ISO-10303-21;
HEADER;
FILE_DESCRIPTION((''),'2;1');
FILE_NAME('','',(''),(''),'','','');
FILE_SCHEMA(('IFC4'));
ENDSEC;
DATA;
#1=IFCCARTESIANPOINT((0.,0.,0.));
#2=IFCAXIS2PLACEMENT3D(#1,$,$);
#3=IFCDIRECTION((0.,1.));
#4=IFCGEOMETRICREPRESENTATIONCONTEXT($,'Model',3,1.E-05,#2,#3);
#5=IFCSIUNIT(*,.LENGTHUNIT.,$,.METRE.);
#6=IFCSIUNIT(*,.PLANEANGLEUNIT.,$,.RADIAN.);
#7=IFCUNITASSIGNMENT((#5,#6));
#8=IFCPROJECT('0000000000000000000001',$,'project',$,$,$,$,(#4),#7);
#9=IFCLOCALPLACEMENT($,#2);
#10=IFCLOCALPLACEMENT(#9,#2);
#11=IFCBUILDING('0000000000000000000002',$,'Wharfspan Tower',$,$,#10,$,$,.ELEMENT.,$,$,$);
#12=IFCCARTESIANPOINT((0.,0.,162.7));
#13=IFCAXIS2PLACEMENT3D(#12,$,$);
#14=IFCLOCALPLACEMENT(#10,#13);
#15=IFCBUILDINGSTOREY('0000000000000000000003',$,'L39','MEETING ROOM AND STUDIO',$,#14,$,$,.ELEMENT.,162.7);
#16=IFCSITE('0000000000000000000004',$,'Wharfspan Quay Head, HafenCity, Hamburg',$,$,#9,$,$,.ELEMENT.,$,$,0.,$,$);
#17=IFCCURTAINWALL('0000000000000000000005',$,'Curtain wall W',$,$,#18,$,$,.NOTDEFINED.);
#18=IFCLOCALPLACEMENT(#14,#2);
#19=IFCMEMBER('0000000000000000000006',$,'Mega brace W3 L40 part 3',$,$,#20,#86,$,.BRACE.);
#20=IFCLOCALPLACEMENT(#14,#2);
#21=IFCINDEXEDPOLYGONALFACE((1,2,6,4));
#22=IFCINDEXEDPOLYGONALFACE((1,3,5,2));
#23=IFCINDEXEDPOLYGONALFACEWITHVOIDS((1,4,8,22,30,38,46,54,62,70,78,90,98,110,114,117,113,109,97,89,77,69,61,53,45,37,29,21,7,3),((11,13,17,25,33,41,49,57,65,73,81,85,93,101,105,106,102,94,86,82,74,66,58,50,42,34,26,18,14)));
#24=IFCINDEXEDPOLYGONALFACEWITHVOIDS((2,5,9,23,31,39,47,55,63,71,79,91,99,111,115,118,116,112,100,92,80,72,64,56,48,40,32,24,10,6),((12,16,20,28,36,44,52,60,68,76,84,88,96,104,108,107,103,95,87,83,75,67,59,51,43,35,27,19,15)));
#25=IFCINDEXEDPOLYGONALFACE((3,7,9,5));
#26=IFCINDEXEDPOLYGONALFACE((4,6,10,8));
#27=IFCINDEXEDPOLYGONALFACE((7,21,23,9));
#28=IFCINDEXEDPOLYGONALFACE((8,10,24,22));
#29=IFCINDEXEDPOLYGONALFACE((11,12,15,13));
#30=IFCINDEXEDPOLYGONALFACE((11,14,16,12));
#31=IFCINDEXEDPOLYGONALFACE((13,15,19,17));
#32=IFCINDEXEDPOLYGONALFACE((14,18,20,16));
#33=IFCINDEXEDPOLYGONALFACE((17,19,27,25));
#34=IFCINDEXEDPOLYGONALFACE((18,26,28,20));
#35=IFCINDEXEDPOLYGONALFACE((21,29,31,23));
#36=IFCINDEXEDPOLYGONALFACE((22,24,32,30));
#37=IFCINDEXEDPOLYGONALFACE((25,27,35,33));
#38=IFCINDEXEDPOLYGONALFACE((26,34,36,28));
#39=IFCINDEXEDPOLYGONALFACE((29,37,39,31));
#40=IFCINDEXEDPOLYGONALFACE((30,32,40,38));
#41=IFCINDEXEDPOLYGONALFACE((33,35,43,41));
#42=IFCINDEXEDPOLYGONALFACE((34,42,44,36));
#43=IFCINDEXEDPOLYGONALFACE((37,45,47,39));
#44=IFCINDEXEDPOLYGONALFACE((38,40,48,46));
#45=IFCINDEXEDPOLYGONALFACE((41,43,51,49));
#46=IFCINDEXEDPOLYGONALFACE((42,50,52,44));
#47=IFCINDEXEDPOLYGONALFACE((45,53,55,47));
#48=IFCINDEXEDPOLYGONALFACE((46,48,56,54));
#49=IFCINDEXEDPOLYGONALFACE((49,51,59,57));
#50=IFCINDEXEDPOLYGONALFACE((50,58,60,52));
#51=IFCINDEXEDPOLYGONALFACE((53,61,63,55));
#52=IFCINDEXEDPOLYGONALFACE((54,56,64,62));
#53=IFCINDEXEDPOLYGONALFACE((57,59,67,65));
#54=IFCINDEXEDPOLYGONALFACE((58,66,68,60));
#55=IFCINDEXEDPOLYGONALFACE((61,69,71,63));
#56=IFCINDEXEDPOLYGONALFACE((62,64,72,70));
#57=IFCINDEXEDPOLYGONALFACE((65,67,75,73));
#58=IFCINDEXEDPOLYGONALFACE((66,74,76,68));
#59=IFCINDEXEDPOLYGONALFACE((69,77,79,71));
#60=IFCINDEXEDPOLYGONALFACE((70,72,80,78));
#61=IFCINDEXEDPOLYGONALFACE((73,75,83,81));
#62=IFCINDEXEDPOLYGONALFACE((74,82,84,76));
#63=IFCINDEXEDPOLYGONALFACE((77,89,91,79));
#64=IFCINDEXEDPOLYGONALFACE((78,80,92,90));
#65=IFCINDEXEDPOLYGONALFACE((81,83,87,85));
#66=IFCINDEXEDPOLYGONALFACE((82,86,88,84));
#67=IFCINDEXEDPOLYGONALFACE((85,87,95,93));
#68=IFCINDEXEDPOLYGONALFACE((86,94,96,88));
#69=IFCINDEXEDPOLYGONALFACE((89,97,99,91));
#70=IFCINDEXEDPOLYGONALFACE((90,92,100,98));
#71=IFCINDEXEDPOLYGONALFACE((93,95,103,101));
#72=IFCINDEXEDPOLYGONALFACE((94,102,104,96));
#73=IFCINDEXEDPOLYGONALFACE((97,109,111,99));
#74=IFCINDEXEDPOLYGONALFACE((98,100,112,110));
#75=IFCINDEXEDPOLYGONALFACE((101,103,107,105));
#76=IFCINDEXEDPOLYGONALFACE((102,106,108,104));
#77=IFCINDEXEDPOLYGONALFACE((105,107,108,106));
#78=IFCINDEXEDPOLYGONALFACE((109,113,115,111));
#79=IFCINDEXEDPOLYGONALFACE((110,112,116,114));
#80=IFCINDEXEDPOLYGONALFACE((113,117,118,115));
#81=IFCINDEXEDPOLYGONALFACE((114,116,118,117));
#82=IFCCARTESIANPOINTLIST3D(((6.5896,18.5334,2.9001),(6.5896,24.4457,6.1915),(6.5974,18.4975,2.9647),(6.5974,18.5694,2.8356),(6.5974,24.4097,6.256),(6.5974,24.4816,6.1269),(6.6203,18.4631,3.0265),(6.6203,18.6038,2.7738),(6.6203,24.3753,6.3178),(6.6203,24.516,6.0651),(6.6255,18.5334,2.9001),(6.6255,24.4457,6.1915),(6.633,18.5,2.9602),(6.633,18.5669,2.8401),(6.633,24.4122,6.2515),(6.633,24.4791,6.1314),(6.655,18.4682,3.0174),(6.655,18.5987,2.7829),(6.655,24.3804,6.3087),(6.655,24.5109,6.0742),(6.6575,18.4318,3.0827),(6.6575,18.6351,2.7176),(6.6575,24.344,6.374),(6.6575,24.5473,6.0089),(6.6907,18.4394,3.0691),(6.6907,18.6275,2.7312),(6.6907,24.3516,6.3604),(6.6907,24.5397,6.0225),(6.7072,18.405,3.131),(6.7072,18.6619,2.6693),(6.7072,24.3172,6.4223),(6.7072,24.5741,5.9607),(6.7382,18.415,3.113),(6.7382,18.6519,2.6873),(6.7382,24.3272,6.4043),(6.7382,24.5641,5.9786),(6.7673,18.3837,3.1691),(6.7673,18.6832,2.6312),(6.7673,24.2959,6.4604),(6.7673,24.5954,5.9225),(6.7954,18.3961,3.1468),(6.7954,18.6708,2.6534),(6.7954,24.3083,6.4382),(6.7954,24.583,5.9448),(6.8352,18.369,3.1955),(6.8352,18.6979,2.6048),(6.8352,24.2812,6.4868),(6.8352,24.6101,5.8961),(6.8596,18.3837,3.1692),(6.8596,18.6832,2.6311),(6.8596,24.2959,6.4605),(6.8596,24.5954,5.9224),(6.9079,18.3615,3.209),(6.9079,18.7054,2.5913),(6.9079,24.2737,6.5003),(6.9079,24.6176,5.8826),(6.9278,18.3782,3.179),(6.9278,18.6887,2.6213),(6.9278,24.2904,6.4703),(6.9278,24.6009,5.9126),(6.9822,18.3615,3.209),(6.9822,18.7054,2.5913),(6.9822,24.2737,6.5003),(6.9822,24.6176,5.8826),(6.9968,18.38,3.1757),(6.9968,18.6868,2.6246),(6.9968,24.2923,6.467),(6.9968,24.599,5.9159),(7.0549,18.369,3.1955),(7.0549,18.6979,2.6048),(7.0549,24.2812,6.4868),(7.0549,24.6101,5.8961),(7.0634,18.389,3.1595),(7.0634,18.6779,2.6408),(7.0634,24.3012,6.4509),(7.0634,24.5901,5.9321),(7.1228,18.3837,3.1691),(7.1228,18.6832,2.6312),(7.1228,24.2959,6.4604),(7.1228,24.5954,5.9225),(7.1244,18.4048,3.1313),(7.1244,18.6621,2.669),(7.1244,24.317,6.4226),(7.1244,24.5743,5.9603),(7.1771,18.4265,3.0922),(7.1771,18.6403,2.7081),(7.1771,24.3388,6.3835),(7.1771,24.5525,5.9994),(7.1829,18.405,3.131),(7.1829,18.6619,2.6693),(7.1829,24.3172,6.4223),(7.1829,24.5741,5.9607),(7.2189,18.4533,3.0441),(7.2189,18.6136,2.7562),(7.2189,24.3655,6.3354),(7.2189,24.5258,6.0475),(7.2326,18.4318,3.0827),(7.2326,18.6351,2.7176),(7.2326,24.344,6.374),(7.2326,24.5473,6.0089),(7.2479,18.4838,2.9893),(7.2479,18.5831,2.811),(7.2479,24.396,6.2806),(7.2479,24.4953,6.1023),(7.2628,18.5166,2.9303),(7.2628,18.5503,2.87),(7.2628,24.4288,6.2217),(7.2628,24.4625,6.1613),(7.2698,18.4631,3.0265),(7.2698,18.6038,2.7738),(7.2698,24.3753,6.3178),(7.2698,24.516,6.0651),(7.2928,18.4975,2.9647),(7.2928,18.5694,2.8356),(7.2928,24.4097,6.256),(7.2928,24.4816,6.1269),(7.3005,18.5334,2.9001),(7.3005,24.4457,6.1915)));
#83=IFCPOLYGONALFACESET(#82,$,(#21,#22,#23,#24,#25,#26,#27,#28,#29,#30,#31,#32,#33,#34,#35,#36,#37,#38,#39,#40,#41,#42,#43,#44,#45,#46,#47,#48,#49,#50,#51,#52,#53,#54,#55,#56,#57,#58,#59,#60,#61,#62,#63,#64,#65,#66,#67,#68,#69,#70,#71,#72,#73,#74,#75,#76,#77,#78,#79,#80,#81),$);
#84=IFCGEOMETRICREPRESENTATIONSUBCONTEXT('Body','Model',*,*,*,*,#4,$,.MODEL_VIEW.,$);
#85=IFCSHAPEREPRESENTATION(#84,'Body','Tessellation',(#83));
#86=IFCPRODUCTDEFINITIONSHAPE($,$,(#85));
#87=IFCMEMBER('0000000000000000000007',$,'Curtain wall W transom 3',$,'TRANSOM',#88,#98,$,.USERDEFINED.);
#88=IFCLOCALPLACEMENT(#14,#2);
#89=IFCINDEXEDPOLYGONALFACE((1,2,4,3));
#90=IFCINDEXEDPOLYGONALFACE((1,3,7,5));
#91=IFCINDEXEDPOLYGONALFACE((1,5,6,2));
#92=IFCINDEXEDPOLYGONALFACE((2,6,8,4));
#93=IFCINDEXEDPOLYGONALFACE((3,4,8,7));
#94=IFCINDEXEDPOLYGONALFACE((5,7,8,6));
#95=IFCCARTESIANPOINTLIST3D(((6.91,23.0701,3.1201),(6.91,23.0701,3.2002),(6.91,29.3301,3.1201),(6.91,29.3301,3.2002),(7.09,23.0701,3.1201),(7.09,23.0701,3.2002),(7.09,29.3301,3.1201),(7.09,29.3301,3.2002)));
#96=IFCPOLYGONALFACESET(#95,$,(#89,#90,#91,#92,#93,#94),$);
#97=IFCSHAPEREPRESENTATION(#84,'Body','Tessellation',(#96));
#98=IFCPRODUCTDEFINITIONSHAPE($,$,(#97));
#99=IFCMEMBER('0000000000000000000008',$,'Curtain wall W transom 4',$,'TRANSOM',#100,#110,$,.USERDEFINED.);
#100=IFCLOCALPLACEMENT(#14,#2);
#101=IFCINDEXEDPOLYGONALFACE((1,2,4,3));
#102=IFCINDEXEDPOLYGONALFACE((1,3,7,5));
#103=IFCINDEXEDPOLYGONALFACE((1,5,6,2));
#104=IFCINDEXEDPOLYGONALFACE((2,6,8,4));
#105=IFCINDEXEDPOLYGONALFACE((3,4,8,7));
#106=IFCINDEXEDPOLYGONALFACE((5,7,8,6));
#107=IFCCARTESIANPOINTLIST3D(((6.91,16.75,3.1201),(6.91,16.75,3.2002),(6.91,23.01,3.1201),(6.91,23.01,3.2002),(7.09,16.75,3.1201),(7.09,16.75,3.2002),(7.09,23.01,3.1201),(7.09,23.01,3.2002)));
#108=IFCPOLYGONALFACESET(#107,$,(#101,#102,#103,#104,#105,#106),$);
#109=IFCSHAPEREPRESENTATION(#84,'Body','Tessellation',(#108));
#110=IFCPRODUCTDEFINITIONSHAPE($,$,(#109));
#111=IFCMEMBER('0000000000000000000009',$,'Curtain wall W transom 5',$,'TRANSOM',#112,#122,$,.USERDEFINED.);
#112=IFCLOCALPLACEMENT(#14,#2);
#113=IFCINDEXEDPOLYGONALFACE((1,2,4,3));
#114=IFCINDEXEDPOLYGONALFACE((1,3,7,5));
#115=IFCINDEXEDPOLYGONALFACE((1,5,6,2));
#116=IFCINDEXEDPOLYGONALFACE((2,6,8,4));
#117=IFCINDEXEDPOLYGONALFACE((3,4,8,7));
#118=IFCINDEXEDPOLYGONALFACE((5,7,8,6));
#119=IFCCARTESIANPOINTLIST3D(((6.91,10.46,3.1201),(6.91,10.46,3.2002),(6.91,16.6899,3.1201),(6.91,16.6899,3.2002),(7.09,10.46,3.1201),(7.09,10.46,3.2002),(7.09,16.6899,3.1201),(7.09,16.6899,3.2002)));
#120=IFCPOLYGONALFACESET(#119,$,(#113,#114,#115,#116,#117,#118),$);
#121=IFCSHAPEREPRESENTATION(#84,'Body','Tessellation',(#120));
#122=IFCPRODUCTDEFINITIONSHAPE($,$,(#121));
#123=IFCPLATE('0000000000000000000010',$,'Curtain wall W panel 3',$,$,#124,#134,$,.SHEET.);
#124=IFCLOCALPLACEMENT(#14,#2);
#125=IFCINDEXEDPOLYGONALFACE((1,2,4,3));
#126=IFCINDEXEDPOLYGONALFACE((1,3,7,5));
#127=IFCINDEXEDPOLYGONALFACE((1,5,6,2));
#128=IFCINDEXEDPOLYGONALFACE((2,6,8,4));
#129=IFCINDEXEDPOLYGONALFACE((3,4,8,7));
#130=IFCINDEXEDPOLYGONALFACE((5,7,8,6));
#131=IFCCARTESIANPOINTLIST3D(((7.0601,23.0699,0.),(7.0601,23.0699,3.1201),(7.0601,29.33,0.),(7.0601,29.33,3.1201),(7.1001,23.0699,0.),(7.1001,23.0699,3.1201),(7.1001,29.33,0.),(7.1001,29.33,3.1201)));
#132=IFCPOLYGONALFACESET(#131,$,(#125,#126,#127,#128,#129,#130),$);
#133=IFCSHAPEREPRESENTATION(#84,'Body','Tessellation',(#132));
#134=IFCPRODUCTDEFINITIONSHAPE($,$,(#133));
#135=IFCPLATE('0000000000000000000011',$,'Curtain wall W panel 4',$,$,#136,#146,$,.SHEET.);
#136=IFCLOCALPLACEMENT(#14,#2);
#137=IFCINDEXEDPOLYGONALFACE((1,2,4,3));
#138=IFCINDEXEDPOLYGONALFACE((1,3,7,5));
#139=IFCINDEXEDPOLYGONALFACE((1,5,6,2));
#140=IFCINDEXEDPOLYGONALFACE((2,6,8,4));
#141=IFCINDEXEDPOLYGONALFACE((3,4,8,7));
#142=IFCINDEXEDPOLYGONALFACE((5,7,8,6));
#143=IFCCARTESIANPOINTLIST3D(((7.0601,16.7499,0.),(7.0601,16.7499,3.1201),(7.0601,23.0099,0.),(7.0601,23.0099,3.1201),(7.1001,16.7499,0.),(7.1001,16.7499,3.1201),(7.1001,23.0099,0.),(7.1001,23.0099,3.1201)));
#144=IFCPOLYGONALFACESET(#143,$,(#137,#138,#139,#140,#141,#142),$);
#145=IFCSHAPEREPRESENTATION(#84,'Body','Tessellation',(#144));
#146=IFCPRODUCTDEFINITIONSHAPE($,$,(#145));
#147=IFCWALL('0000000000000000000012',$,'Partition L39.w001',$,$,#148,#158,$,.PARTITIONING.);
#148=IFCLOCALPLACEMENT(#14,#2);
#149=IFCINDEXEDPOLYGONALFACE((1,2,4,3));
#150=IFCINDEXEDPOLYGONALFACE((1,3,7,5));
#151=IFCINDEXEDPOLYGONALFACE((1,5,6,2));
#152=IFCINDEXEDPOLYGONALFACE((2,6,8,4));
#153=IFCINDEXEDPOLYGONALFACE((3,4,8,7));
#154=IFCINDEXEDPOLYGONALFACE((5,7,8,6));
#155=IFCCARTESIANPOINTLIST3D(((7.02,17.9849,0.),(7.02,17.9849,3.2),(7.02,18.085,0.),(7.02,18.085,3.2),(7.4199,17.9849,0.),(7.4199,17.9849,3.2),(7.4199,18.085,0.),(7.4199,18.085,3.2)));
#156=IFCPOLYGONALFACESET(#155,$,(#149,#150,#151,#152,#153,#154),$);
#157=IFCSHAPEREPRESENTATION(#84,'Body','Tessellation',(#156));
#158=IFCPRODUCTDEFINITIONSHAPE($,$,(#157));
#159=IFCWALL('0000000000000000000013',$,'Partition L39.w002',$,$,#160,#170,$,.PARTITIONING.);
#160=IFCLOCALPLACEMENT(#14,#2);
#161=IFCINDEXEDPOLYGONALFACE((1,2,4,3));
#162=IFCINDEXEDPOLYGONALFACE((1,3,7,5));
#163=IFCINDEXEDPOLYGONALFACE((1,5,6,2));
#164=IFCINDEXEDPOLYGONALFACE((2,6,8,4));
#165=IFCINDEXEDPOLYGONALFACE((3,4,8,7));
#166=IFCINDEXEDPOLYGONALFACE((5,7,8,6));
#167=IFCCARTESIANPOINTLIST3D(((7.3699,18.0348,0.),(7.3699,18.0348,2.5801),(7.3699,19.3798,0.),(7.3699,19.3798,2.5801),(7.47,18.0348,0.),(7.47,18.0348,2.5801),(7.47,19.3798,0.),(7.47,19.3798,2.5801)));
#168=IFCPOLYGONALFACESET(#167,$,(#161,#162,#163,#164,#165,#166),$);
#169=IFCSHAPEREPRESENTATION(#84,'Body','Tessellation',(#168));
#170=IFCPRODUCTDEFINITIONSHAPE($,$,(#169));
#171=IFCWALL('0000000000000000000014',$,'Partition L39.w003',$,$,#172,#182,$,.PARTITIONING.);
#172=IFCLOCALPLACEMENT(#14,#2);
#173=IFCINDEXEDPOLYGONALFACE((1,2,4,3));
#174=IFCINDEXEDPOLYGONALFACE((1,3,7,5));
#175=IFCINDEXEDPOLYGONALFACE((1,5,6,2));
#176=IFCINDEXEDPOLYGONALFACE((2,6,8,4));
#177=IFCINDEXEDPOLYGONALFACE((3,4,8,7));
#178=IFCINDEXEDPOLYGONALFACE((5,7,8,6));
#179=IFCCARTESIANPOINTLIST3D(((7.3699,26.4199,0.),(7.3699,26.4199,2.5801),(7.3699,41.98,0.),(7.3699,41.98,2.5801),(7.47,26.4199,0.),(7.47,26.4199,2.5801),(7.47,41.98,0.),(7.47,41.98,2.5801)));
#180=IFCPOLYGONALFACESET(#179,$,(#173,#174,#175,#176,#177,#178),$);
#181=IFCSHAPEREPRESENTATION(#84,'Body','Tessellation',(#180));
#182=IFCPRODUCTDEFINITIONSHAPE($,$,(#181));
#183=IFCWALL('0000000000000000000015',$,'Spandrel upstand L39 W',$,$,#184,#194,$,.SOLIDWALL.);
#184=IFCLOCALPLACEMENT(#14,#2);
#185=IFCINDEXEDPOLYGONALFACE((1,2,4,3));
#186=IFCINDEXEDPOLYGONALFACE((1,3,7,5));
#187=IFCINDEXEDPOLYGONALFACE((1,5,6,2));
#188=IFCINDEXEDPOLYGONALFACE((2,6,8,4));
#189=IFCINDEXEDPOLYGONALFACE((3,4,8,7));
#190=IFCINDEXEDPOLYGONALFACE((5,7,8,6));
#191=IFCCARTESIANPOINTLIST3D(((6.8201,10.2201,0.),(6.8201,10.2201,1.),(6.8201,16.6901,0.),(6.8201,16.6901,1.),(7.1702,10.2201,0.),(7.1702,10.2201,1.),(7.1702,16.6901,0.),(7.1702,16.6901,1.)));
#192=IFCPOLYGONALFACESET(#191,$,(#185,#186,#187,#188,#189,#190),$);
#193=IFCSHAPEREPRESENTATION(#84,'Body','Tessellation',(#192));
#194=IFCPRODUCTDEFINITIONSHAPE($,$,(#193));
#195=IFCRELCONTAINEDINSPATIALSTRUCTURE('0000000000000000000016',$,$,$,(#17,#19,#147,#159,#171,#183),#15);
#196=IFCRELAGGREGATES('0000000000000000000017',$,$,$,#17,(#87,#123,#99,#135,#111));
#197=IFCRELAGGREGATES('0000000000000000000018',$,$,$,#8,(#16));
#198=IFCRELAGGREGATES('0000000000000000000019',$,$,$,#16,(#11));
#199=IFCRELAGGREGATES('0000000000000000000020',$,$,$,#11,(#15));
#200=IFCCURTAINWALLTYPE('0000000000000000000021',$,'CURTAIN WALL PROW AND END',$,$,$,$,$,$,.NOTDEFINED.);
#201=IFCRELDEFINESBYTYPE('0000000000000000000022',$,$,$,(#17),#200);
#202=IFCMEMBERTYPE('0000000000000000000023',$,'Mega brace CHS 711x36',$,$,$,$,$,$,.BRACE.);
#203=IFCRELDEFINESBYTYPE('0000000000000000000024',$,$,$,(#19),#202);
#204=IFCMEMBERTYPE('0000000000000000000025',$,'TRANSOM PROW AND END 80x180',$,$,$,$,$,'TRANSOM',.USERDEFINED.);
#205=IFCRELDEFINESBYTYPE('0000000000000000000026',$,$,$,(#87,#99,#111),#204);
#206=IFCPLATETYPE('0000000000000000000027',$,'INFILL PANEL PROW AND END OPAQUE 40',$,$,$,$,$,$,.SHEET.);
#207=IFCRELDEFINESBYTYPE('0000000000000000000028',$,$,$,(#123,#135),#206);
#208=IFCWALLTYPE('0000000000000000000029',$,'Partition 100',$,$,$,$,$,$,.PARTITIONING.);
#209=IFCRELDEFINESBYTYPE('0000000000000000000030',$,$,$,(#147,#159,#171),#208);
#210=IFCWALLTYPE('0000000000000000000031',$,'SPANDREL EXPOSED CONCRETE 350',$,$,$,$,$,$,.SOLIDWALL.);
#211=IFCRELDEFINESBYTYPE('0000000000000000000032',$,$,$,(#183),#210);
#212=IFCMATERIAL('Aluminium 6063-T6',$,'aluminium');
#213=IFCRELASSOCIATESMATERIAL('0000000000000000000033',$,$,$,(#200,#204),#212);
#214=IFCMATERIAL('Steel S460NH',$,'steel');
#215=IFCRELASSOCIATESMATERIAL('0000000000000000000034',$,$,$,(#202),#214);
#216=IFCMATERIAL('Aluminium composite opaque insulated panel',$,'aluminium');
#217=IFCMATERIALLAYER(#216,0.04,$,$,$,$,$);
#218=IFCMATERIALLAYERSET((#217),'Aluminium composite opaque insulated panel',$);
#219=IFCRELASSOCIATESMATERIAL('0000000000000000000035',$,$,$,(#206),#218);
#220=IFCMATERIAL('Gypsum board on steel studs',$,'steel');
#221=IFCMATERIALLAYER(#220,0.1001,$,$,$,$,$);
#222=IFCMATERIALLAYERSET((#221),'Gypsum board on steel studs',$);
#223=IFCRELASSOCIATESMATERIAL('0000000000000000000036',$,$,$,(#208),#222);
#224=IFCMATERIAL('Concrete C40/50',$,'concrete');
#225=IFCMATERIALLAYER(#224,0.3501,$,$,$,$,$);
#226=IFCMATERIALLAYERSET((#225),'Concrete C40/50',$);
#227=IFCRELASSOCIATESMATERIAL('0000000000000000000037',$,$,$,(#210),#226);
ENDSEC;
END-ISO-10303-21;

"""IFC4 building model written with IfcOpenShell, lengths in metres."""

from ifc_helpers import new_model, si_unit, direction, frame, frame_2d, origin, origin_2d, place, context, subcontext, project, spatial, rectangle, hollow_circle, extrude, material, layer, layer_set, material_profile, profile_set, type_object, element, aggregate, save


model = new_model("IFC4")

# Units and contexts
model_context = context("Model", 3, precision=1e-05, world=origin(), true_north=direction((0.0, 1.0)))
body_context = subcontext(model_context, "Body", "Model", "MODEL_VIEW")
ifc_project = project(units=[si_unit("LENGTHUNIT", "METRE"), si_unit("PLANEANGLEUNIT", "RADIAN")], contexts=[model_context])

# Site, building, storey
site_placement = place(None, origin())
site = spatial("IfcSite", under=ifc_project, at=site_placement, Name="Wharfspan Quay Head, HafenCity, Hamburg", CompositionType="ELEMENT", RefElevation=0.0)
building_placement = place(site_placement, origin())
building = spatial("IfcBuilding", under=site, at=building_placement, Name="Wharfspan Tower", CompositionType="ELEMENT")
storey_placement = place(building_placement, frame((0.0, 0.0, 162.7)))
storey = spatial("IfcBuildingStorey", under=building, at=storey_placement, Name="L39", Description="MEETING ROOM AND STUDIO", CompositionType="ELEMENT", Elevation=162.7)

# Curtain wall
ifc_material_1 = material(Name="Aluminium 6063-T6", Category="aluminium")
curtain_wall_type = type_object("IfcCurtainWallType", Name="CURTAIN WALL PROW AND END", PredefinedType="NOTDEFINED", material=ifc_material_1)
curtain_wall_placement = place(storey_placement, origin())
curtain_wall = element("IfcCurtainWall", 1, at=curtain_wall_placement, inside=storey, type_object=curtain_wall_type, Name="Curtain wall W", PredefinedType="NOTDEFINED")

# Members
ifc_material_2 = material(Name="Steel S460NH", Category="steel")
ifc_material_profile_1 = material_profile(ifc_material_2, hollow_circle(Radius=0.3555, WallThickness=0.0359, at=origin_2d()))
ifc_profile_set_1 = profile_set([ifc_material_profile_1], Name="Steel S460NH")
member_type_1 = type_object("IfcMemberType", Name="Mega brace CHS 711x36", PredefinedType="BRACE", material=ifc_profile_set_1)
member_1_placement = place(storey_placement, frame((6.9451, 18.5334, 2.9001), z_axis=(0.0, 0.873733, 0.486406), x_axis=(-1.0, 0.0, 0.0)))
element("IfcMember", 2, at=member_1_placement, inside=storey, type_object=member_type_1, Name="Mega brace W3 L40 part 3", PredefinedType="BRACE", context=body_context, shape_type="SweptSolid", body=[
    extrude(hollow_circle(Radius=0.3555, WallThickness=0.0359, at=origin_2d()), origin(), (0.0, 0.0, 1.0), 6.7666),
])
ifc_material_profile_2 = material_profile(ifc_material_1, rectangle(XDim=0.1799, YDim=0.0801, at=origin_2d()))
ifc_profile_set_2 = profile_set([ifc_material_profile_2], Name="Aluminium 6063-T6")
member_type_2 = type_object("IfcMemberType", Name="TRANSOM PROW AND END 80x180", ElementType="TRANSOM", PredefinedType="USERDEFINED", material=ifc_profile_set_2)
member_2_placement = place(storey_placement, frame((7.0, 29.3301, 3.1602), z_axis=(0.0, -1.0, 0.0), x_axis=(1.0, 0.0, 0.0)))
member_2 = element("IfcMember", 3, at=member_2_placement, type_object=member_type_2, Name="Curtain wall W transom 3", ObjectType="TRANSOM", PredefinedType="USERDEFINED", context=body_context, shape_type="SweptSolid", body=[
    extrude(rectangle(XDim=0.1799, YDim=0.0801, at=origin_2d()), origin(), (0.0, 0.0, 1.0), 6.26),
])
member_3_placement = place(storey_placement, frame((7.0, 23.01, 3.1602), z_axis=(0.0, -1.0, 0.0), x_axis=(1.0, 0.0, 0.0)))
member_3 = element("IfcMember", 4, at=member_3_placement, type_object=member_type_2, Name="Curtain wall W transom 4", ObjectType="TRANSOM", PredefinedType="USERDEFINED", context=body_context, shape_type="SweptSolid", body=[
    extrude(rectangle(XDim=0.1799, YDim=0.0801, at=origin_2d()), origin(), (0.0, 0.0, 1.0), 6.26),
])
member_4_placement = place(storey_placement, frame((7.0, 16.6899, 3.1602), z_axis=(0.0, -1.0, 0.0), x_axis=(1.0, 0.0, 0.0)))
member_4 = element("IfcMember", 5, at=member_4_placement, type_object=member_type_2, Name="Curtain wall W transom 5", ObjectType="TRANSOM", PredefinedType="USERDEFINED", context=body_context, shape_type="SweptSolid", body=[
    extrude(rectangle(XDim=0.1799, YDim=0.0801, at=origin_2d()), origin(), (0.0, 0.0, 1.0), 6.23),
])

# Plates
ifc_material_3 = material(Name="Aluminium composite opaque insulated panel", Category="aluminium")
ifc_layer_1 = layer(ifc_material_3, 0.04)
ifc_layer_set_1 = layer_set([ifc_layer_1], Name="Aluminium composite opaque insulated panel")
plate_type = type_object("IfcPlateType", Name="INFILL PANEL PROW AND END OPAQUE 40", PredefinedType="SHEET", material=ifc_layer_set_1)
plate_1_placement = place(storey_placement, frame((7.0801, 26.2, 0.0), z_axis=(0.0, 0.0, 1.0), x_axis=(0.0, -1.0, 0.0)))
plate_1 = element("IfcPlate", 6, at=plate_1_placement, type_object=plate_type, Name="Curtain wall W panel 3", PredefinedType="SHEET", context=body_context, shape_type="SweptSolid", body=[
    extrude(rectangle(XDim=6.26, YDim=0.04, at=origin_2d()), origin(), (0.0, 0.0, 1.0), 3.1201),
])
plate_2_placement = place(storey_placement, frame((7.0801, 19.8799, 0.0), z_axis=(0.0, 0.0, 1.0), x_axis=(0.0, -1.0, 0.0)))
plate_2 = element("IfcPlate", 7, at=plate_2_placement, type_object=plate_type, Name="Curtain wall W panel 4", PredefinedType="SHEET", context=body_context, shape_type="SweptSolid", body=[
    extrude(rectangle(XDim=6.26, YDim=0.04, at=origin_2d()), origin(), (0.0, 0.0, 1.0), 3.1201),
])
aggregate(curtain_wall, [member_2, plate_1, member_3, plate_2, member_4])

# Walls
ifc_material_4 = material(Name="Gypsum board on steel studs", Category="steel")
ifc_layer_2 = layer(ifc_material_4, 0.1001)
ifc_layer_set_2 = layer_set([ifc_layer_2], Name="Gypsum board on steel studs")
wall_type_1 = type_object("IfcWallType", Name="Partition 100", PredefinedType="PARTITIONING", material=ifc_layer_set_2)
wall_1_placement = place(storey_placement, frame((7.02, 18.0349, 0.0), z_axis=(0.0, 0.0, 1.0), x_axis=(1.0, 0.0, 0.0)))
element("IfcWall", 8, at=wall_1_placement, inside=storey, type_object=wall_type_1, Name="Partition L39.w001", PredefinedType="PARTITIONING", context=body_context, shape_type="SweptSolid", body=[
    extrude(rectangle(XDim=0.3999, YDim=0.1001, at=frame_2d((0.2, 0.0))), origin(), (0.0, 0.0, 1.0), 3.2),
])
wall_2_placement = place(storey_placement, frame((7.4199, 18.0349, 0.0), z_axis=(0.0, 0.0, 1.0), x_axis=(0.0, 1.0, 0.0)))
element("IfcWall", 9, at=wall_2_placement, inside=storey, type_object=wall_type_1, Name="Partition L39.w002", PredefinedType="PARTITIONING", context=body_context, shape_type="SweptSolid", body=[
    extrude(rectangle(XDim=1.345, YDim=0.1001, at=frame_2d((0.6724, 0.0))), origin(), (0.0, 0.0, 1.0), 2.5801),
])
wall_3_placement = place(storey_placement, frame((7.4199, 26.4199, 0.0), z_axis=(0.0, 0.0, 1.0), x_axis=(0.0, 1.0, 0.0)))
element("IfcWall", 10, at=wall_3_placement, inside=storey, type_object=wall_type_1, Name="Partition L39.w003", PredefinedType="PARTITIONING", context=body_context, shape_type="SweptSolid", body=[
    extrude(rectangle(XDim=15.5601, YDim=0.1001, at=frame_2d((7.78, 0.0))), origin(), (0.0, 0.0, 1.0), 2.5801),
])
ifc_material_5 = material(Name="Concrete C40/50", Category="concrete")
ifc_layer_3 = layer(ifc_material_5, 0.3501)
ifc_layer_set_3 = layer_set([ifc_layer_3], Name="Concrete C40/50")
wall_type_2 = type_object("IfcWallType", Name="SPANDREL EXPOSED CONCRETE 350", PredefinedType="SOLIDWALL", material=ifc_layer_set_3)
wall_4_placement = place(storey_placement, frame((6.9951, 16.6899, 0.0), z_axis=(0.0, 0.0, 1.0), x_axis=(0.0, -1.0, 0.0)))
element("IfcWall", 11, at=wall_4_placement, inside=storey, type_object=wall_type_2, Name="Spandrel upstand L39 W", PredefinedType="SOLIDWALL", context=body_context, shape_type="SweptSolid", body=[
    extrude(rectangle(XDim=6.47, YDim=0.3501, at=frame_2d((3.2349, 0.0))), origin(), (0.0, 0.0, 1.0), 1.0),
])

save(model, "model.ifc")
